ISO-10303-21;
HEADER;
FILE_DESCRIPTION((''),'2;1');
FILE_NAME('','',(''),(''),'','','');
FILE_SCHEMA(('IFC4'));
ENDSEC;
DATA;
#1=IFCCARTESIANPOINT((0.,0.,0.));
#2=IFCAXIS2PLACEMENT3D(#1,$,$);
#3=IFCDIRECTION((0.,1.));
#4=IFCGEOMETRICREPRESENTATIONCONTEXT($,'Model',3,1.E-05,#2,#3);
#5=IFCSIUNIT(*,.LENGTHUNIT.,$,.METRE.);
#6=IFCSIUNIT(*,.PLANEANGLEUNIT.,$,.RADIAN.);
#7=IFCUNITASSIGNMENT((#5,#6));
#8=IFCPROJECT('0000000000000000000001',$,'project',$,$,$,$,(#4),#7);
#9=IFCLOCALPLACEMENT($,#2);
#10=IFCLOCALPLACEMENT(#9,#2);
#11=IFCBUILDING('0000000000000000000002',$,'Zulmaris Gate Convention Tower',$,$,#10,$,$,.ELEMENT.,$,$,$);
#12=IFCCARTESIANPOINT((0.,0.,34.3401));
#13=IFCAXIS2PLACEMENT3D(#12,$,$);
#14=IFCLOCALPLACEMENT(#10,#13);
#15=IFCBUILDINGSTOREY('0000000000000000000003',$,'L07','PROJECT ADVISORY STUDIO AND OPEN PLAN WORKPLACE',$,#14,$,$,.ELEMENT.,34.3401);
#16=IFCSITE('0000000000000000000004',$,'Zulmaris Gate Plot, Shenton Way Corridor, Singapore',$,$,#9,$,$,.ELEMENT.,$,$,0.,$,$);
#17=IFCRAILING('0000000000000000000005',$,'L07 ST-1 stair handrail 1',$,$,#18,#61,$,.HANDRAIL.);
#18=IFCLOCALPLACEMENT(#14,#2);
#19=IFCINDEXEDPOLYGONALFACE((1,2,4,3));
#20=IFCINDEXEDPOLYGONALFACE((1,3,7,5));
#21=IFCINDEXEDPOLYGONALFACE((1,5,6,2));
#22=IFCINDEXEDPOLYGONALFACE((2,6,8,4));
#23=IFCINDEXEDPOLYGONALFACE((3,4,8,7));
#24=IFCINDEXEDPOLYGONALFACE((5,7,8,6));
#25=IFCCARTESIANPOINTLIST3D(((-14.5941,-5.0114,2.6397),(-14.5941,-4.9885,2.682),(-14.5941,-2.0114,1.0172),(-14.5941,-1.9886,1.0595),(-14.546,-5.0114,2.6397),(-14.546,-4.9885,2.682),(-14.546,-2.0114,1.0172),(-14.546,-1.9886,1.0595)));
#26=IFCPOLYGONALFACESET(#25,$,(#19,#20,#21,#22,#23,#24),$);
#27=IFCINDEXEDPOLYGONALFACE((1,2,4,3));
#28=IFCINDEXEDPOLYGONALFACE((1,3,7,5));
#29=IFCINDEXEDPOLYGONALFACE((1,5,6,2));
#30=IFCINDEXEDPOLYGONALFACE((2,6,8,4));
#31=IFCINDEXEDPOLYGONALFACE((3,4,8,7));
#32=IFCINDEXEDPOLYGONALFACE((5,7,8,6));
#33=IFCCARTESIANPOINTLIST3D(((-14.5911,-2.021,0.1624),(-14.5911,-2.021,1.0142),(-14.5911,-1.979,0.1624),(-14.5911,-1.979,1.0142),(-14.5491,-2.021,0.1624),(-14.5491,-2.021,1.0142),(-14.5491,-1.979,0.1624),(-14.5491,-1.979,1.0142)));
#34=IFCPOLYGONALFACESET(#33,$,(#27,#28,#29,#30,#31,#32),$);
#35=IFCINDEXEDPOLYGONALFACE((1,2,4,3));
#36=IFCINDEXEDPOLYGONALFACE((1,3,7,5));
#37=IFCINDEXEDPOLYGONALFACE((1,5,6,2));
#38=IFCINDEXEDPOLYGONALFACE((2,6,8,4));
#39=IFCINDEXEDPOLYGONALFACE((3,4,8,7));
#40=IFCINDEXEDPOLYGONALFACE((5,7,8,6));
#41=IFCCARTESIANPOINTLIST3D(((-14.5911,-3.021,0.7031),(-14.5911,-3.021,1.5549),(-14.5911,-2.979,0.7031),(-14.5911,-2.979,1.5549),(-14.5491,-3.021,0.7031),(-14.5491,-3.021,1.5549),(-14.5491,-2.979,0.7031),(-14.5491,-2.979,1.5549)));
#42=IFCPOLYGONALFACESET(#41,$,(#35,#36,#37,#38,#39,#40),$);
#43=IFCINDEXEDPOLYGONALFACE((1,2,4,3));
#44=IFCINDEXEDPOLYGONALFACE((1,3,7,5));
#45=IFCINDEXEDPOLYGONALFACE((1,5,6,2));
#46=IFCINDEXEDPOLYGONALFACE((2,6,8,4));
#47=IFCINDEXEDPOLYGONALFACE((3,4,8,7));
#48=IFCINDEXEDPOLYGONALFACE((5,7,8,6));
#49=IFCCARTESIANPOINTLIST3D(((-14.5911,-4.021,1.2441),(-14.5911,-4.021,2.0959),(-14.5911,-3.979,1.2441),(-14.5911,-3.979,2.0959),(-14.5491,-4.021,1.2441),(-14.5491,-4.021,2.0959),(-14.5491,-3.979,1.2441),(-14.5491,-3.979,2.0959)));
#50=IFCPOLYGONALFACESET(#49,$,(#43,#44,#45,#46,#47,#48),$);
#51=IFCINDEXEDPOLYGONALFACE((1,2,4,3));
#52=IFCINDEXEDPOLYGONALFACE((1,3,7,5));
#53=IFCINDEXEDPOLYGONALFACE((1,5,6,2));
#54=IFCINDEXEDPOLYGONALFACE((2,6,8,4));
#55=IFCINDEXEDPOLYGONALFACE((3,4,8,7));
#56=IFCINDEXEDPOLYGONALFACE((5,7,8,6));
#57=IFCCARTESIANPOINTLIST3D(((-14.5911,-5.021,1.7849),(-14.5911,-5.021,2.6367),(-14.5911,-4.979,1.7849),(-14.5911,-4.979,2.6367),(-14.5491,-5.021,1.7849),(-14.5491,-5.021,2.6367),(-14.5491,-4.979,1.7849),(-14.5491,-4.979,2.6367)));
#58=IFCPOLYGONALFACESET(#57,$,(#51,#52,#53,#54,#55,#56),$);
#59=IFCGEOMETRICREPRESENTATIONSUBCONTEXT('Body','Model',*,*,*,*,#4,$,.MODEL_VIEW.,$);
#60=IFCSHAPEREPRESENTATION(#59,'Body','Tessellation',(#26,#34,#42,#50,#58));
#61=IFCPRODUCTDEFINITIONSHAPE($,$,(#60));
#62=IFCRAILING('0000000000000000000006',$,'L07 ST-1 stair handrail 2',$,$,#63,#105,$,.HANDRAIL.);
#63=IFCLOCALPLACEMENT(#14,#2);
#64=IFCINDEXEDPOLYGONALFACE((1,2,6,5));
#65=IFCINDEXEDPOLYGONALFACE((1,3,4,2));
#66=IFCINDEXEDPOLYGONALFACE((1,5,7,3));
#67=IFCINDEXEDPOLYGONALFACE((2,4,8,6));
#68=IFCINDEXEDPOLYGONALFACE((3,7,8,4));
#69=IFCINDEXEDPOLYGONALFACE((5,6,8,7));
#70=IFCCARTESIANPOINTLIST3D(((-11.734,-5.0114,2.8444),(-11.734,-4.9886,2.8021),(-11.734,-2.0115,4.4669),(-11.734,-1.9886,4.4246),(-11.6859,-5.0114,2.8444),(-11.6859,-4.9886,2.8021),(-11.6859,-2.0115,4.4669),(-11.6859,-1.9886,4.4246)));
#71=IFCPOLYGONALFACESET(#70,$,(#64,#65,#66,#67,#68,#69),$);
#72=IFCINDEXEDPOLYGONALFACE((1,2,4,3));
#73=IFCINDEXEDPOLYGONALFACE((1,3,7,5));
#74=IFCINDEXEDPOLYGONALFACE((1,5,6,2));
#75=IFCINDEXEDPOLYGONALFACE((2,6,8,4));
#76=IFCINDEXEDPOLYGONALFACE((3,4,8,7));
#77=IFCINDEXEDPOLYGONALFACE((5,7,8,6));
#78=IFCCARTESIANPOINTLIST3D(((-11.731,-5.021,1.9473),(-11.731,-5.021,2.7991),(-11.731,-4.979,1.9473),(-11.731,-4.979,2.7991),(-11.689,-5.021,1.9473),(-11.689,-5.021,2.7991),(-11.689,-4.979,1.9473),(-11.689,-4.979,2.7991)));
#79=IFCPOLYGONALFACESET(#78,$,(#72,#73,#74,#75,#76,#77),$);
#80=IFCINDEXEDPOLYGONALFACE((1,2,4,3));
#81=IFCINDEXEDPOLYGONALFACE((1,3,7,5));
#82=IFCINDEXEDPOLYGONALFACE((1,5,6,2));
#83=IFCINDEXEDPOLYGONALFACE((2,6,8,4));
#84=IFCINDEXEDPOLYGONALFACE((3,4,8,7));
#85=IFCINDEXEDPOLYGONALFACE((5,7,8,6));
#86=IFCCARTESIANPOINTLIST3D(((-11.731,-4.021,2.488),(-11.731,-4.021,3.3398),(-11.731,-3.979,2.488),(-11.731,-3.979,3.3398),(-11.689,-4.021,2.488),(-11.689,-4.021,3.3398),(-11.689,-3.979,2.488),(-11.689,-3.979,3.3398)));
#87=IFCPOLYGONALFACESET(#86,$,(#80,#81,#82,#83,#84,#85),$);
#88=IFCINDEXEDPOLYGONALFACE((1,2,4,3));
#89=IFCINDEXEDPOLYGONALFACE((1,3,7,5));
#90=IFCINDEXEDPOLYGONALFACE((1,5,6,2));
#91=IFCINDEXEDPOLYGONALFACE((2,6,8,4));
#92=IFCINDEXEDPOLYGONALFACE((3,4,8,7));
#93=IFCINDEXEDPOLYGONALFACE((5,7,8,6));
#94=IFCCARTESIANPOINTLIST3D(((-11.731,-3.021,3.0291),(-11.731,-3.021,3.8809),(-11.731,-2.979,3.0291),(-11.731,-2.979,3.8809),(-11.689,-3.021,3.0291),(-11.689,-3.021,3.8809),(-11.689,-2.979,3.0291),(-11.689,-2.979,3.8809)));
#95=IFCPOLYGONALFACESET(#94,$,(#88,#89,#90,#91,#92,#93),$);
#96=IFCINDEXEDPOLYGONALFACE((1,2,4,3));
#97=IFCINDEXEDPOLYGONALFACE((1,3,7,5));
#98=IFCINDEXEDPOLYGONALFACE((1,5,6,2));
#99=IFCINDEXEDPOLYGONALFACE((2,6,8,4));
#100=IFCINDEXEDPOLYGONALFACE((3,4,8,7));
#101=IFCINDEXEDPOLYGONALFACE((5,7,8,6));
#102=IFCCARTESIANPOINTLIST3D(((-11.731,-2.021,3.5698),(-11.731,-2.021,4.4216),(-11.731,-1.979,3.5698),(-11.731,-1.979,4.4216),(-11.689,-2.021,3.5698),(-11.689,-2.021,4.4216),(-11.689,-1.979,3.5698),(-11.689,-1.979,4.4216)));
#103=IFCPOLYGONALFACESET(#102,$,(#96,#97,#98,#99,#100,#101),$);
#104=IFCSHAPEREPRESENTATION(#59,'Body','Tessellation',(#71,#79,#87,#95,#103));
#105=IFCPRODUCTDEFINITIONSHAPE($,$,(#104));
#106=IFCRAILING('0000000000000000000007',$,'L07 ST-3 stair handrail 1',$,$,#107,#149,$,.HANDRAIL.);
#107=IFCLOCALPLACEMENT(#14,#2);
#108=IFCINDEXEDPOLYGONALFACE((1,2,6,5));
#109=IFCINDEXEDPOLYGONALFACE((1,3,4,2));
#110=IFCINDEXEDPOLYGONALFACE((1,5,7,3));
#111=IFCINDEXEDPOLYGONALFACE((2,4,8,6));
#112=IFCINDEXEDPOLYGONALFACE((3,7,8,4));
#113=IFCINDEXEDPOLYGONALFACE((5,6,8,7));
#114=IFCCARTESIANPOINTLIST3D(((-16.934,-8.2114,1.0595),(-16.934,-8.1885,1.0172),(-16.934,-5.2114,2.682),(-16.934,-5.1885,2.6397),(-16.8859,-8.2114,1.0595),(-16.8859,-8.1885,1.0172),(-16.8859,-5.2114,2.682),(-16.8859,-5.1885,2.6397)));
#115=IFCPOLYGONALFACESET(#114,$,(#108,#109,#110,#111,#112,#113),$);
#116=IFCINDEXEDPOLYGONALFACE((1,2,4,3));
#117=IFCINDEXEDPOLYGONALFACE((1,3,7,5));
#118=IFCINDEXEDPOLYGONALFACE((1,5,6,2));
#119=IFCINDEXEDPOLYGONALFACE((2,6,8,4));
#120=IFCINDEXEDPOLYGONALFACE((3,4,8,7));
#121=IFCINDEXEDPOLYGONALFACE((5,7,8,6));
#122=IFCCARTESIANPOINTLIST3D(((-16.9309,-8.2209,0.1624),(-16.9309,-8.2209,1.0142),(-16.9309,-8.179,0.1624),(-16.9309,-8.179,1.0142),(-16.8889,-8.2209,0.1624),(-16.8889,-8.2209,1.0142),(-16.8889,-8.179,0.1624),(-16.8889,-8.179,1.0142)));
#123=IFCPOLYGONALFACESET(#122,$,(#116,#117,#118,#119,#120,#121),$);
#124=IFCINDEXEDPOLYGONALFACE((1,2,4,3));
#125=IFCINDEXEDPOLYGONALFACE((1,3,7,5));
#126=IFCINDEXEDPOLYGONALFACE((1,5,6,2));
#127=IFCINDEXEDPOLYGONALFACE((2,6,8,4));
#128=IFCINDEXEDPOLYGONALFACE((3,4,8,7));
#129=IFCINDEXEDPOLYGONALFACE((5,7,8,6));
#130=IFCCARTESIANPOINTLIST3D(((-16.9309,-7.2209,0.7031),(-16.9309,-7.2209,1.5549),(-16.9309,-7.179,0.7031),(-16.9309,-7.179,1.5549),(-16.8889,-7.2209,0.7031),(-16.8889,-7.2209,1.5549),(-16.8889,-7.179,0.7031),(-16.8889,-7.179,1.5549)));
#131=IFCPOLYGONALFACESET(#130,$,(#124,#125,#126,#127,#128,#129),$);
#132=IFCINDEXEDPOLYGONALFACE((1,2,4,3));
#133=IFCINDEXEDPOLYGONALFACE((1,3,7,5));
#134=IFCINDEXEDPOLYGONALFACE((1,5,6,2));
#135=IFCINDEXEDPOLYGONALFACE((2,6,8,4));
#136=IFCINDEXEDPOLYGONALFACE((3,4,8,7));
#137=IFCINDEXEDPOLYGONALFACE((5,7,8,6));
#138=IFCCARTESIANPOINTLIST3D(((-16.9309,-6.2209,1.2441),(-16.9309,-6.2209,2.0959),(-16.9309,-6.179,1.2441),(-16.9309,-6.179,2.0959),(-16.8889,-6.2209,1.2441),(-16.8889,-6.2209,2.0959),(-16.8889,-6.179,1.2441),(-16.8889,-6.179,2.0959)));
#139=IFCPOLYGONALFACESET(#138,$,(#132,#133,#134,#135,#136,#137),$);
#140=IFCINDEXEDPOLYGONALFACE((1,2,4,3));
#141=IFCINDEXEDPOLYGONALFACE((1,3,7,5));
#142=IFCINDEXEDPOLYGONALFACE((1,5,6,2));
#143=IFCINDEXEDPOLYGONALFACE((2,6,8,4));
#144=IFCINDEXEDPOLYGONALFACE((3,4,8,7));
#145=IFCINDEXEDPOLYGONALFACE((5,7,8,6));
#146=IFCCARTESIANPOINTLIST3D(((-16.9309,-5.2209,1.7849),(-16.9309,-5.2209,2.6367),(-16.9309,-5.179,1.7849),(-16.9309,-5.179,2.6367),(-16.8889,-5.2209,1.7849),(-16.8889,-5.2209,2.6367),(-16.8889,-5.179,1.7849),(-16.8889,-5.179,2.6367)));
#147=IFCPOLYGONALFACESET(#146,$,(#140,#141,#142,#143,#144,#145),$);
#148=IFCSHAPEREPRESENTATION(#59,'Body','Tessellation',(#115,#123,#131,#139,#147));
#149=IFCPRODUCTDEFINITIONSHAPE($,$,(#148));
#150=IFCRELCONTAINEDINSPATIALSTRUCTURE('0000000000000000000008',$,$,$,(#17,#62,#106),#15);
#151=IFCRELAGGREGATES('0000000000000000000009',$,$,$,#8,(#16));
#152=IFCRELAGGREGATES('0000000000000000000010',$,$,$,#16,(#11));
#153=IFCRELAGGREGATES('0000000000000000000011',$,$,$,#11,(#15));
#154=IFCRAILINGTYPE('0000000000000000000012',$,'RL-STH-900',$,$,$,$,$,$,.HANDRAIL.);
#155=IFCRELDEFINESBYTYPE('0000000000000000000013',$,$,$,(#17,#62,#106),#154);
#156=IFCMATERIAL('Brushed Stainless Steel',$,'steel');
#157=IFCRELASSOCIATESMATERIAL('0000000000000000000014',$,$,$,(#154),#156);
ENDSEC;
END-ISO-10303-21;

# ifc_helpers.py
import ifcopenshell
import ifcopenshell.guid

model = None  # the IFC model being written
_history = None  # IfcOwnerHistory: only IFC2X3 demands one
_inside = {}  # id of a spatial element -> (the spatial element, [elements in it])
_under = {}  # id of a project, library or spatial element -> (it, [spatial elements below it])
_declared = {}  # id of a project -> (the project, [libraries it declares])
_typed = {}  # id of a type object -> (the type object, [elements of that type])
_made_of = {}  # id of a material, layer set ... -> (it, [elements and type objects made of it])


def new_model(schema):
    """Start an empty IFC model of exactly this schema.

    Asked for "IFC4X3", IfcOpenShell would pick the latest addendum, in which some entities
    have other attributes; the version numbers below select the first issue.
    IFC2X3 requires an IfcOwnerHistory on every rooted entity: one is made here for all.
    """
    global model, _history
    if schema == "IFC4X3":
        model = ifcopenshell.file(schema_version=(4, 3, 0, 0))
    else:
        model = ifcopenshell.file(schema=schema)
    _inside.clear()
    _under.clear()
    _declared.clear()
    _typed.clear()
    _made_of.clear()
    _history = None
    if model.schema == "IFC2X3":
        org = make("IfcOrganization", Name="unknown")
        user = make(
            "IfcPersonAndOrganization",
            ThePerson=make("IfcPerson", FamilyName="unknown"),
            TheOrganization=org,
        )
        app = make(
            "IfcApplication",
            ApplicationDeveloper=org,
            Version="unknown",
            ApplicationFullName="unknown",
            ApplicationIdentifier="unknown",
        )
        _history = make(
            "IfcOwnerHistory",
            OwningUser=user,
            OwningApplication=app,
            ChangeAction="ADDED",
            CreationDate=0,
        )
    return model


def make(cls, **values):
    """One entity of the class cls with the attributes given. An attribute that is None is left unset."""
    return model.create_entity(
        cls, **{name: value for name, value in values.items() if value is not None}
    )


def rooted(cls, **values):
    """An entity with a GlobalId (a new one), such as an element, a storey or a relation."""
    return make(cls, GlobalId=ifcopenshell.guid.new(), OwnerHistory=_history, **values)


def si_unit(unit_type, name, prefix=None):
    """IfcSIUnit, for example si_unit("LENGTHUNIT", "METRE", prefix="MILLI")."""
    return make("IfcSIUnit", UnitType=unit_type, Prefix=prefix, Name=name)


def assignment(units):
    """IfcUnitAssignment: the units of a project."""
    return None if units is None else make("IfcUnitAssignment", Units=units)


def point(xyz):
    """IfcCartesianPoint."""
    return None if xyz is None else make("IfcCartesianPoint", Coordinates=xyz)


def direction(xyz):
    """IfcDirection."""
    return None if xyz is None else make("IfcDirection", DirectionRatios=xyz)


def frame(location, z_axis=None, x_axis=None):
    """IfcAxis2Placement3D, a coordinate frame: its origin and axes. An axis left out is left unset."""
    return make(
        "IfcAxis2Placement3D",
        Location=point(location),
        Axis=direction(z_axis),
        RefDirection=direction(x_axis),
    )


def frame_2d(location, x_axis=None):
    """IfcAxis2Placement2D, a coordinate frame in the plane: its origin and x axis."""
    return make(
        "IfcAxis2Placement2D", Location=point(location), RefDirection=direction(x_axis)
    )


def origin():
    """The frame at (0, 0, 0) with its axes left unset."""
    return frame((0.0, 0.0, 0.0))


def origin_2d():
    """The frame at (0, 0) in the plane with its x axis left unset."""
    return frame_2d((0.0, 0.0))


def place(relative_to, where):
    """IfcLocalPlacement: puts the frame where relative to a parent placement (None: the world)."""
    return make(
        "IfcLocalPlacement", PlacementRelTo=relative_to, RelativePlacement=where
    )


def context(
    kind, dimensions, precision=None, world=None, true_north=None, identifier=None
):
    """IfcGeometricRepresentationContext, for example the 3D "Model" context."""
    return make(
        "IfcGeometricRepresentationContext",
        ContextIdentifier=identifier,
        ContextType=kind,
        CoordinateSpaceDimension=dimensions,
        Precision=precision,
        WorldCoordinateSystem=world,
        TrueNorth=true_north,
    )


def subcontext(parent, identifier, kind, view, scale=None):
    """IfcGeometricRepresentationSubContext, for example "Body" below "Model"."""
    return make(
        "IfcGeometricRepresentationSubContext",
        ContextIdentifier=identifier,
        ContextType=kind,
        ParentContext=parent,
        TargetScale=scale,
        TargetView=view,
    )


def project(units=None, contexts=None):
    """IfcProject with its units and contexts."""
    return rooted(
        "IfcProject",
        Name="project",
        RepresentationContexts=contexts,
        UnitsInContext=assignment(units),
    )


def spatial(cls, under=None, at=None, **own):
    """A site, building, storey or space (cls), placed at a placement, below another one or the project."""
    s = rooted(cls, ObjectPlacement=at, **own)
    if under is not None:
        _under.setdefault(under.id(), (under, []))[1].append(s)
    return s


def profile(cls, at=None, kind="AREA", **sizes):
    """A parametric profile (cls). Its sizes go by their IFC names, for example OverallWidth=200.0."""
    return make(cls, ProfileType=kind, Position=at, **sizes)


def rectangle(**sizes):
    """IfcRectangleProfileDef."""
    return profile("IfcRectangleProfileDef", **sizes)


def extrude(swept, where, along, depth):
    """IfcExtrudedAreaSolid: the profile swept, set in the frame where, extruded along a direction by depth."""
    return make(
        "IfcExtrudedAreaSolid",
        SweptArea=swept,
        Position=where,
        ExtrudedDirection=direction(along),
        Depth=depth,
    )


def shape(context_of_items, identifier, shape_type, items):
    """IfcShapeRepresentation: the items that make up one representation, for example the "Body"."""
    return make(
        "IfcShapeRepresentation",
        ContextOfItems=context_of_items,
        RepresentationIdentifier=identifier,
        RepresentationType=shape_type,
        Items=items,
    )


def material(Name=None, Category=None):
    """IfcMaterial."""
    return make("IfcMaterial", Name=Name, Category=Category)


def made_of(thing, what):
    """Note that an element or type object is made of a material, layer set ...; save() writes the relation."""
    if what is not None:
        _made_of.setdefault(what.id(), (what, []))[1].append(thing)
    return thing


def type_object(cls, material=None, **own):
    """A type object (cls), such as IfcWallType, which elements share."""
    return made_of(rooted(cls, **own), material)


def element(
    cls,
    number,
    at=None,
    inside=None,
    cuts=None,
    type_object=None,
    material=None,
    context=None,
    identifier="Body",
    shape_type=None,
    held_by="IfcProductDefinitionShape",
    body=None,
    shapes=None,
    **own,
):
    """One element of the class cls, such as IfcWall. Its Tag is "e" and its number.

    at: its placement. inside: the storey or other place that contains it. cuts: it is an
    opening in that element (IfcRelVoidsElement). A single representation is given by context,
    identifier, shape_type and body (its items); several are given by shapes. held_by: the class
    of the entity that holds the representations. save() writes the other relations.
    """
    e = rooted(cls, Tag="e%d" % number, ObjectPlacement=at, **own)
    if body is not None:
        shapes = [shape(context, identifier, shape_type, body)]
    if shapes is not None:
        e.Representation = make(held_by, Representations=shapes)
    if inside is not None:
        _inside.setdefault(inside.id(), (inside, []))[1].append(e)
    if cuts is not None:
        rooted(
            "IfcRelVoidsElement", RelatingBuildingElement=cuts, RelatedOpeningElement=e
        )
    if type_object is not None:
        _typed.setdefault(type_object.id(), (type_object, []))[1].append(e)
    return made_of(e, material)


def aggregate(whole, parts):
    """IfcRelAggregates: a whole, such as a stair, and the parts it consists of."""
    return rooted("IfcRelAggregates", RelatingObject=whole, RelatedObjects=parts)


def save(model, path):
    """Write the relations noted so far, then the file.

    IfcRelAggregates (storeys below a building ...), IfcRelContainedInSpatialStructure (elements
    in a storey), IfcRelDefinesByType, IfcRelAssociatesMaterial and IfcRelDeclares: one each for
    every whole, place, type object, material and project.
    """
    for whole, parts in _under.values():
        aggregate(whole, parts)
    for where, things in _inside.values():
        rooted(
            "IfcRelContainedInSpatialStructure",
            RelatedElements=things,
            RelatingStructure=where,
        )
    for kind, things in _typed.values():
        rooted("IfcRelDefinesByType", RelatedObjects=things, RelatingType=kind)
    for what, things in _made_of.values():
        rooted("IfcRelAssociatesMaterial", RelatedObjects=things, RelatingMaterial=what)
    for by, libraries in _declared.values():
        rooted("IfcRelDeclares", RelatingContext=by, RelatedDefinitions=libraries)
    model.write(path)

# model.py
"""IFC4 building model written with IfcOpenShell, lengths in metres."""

from ifc_helpers import new_model, si_unit, direction, frame, origin, origin_2d, place, context, subcontext, project, spatial, rectangle, extrude, material, type_object, element, save


model = new_model("IFC4")

# Units and contexts
model_context = context("Model", 3, precision=1e-05, world=origin(), true_north=direction((0.0, 1.0)))
body_context = subcontext(model_context, "Body", "Model", "MODEL_VIEW")
ifc_project = project(units=[si_unit("LENGTHUNIT", "METRE"), si_unit("PLANEANGLEUNIT", "RADIAN")], contexts=[model_context])

# Site, building, storey
site_placement = place(None, origin())
site = spatial("IfcSite", under=ifc_project, at=site_placement, Name="Zulmaris Gate Plot, Shenton Way Corridor, Singapore", CompositionType="ELEMENT", RefElevation=0.0)
building_placement = place(site_placement, origin())
building = spatial("IfcBuilding", under=site, at=building_placement, Name="Zulmaris Gate Convention Tower", CompositionType="ELEMENT")
storey_placement = place(building_placement, frame((0.0, 0.0, 34.3401)))
storey = spatial("IfcBuildingStorey", under=building, at=storey_placement, Name="L07", Description="PROJECT ADVISORY STUDIO AND OPEN PLAN WORKPLACE", CompositionType="ELEMENT", Elevation=34.3401)

# Railings
ifc_material_1 = material(Name="Brushed Stainless Steel", Category="steel")
railing_type_1 = type_object("IfcRailingType", Name="RL-STH-900", PredefinedType="HANDRAIL", material=ifc_material_1)
railing_1_placement = place(storey_placement, frame((-14.5701, -2.0, 0.1624)))
element("IfcRailing", 1, at=railing_1_placement, inside=storey, type_object=railing_type_1, Name="L07 ST-1 stair handrail 1", PredefinedType="HANDRAIL", context=body_context, shape_type="SweptSolid", body=[
    extrude(rectangle(XDim=0.0481, YDim=0.0481, at=origin_2d()), frame((0.0, 0.0, 0.876), z_axis=(0.0, -0.879592, 0.47573), x_axis=(1.0, 0.0, 0.0)), (0.0, 0.0, 1.0), 3.4106),
    extrude(rectangle(XDim=0.042, YDim=0.042, at=origin_2d()), origin(), (0.0, 0.0, 1.0), 0.8518),
    extrude(rectangle(XDim=0.042, YDim=0.042, at=origin_2d()), frame((0.0, -1.0, 0.5408)), (0.0, 0.0, 1.0), 0.8518),
    extrude(rectangle(XDim=0.042, YDim=0.042, at=origin_2d()), frame((0.0, -2.0, 1.0818)), (0.0, 0.0, 1.0), 0.8518),
    extrude(rectangle(XDim=0.042, YDim=0.042, at=origin_2d()), frame((0.0, -3.0, 1.6226)), (0.0, 0.0, 1.0), 0.8518),
])
for number, where, name in (
    (2, (-11.71, -5.0, 1.9473), "L07 ST-1 stair handrail 2"),
    (3, (-16.9099, -8.2, 0.1624), "L07 ST-3 stair handrail 1"),
):
    element("IfcRailing", number, at=place(storey_placement, frame(where)), inside=storey, type_object=railing_type_1, Name=name, PredefinedType="HANDRAIL", context=body_context, shape_type="SweptSolid", body=[
        extrude(rectangle(XDim=0.0481, YDim=0.0481, at=origin_2d()), frame((0.0, 0.0, 0.876), z_axis=(0.0, 0.879592, 0.47573), x_axis=(-1.0, 0.0, 0.0)), (0.0, 0.0, 1.0), 3.4106),
        extrude(rectangle(XDim=0.042, YDim=0.042, at=origin_2d()), origin(), (0.0, 0.0, 1.0), 0.8518),
        extrude(rectangle(XDim=0.042, YDim=0.042, at=origin_2d()), frame((0.0, 1.0, 0.5408)), (0.0, 0.0, 1.0), 0.8518),
        extrude(rectangle(XDim=0.042, YDim=0.042, at=origin_2d()), frame((0.0, 2.0, 1.0818)), (0.0, 0.0, 1.0), 0.8518),
        extrude(rectangle(XDim=0.042, YDim=0.042, at=origin_2d()), frame((0.0, 3.0, 1.6226)), (0.0, 0.0, 1.0), 0.8518),
    ])

save(model, "model.ifc")
